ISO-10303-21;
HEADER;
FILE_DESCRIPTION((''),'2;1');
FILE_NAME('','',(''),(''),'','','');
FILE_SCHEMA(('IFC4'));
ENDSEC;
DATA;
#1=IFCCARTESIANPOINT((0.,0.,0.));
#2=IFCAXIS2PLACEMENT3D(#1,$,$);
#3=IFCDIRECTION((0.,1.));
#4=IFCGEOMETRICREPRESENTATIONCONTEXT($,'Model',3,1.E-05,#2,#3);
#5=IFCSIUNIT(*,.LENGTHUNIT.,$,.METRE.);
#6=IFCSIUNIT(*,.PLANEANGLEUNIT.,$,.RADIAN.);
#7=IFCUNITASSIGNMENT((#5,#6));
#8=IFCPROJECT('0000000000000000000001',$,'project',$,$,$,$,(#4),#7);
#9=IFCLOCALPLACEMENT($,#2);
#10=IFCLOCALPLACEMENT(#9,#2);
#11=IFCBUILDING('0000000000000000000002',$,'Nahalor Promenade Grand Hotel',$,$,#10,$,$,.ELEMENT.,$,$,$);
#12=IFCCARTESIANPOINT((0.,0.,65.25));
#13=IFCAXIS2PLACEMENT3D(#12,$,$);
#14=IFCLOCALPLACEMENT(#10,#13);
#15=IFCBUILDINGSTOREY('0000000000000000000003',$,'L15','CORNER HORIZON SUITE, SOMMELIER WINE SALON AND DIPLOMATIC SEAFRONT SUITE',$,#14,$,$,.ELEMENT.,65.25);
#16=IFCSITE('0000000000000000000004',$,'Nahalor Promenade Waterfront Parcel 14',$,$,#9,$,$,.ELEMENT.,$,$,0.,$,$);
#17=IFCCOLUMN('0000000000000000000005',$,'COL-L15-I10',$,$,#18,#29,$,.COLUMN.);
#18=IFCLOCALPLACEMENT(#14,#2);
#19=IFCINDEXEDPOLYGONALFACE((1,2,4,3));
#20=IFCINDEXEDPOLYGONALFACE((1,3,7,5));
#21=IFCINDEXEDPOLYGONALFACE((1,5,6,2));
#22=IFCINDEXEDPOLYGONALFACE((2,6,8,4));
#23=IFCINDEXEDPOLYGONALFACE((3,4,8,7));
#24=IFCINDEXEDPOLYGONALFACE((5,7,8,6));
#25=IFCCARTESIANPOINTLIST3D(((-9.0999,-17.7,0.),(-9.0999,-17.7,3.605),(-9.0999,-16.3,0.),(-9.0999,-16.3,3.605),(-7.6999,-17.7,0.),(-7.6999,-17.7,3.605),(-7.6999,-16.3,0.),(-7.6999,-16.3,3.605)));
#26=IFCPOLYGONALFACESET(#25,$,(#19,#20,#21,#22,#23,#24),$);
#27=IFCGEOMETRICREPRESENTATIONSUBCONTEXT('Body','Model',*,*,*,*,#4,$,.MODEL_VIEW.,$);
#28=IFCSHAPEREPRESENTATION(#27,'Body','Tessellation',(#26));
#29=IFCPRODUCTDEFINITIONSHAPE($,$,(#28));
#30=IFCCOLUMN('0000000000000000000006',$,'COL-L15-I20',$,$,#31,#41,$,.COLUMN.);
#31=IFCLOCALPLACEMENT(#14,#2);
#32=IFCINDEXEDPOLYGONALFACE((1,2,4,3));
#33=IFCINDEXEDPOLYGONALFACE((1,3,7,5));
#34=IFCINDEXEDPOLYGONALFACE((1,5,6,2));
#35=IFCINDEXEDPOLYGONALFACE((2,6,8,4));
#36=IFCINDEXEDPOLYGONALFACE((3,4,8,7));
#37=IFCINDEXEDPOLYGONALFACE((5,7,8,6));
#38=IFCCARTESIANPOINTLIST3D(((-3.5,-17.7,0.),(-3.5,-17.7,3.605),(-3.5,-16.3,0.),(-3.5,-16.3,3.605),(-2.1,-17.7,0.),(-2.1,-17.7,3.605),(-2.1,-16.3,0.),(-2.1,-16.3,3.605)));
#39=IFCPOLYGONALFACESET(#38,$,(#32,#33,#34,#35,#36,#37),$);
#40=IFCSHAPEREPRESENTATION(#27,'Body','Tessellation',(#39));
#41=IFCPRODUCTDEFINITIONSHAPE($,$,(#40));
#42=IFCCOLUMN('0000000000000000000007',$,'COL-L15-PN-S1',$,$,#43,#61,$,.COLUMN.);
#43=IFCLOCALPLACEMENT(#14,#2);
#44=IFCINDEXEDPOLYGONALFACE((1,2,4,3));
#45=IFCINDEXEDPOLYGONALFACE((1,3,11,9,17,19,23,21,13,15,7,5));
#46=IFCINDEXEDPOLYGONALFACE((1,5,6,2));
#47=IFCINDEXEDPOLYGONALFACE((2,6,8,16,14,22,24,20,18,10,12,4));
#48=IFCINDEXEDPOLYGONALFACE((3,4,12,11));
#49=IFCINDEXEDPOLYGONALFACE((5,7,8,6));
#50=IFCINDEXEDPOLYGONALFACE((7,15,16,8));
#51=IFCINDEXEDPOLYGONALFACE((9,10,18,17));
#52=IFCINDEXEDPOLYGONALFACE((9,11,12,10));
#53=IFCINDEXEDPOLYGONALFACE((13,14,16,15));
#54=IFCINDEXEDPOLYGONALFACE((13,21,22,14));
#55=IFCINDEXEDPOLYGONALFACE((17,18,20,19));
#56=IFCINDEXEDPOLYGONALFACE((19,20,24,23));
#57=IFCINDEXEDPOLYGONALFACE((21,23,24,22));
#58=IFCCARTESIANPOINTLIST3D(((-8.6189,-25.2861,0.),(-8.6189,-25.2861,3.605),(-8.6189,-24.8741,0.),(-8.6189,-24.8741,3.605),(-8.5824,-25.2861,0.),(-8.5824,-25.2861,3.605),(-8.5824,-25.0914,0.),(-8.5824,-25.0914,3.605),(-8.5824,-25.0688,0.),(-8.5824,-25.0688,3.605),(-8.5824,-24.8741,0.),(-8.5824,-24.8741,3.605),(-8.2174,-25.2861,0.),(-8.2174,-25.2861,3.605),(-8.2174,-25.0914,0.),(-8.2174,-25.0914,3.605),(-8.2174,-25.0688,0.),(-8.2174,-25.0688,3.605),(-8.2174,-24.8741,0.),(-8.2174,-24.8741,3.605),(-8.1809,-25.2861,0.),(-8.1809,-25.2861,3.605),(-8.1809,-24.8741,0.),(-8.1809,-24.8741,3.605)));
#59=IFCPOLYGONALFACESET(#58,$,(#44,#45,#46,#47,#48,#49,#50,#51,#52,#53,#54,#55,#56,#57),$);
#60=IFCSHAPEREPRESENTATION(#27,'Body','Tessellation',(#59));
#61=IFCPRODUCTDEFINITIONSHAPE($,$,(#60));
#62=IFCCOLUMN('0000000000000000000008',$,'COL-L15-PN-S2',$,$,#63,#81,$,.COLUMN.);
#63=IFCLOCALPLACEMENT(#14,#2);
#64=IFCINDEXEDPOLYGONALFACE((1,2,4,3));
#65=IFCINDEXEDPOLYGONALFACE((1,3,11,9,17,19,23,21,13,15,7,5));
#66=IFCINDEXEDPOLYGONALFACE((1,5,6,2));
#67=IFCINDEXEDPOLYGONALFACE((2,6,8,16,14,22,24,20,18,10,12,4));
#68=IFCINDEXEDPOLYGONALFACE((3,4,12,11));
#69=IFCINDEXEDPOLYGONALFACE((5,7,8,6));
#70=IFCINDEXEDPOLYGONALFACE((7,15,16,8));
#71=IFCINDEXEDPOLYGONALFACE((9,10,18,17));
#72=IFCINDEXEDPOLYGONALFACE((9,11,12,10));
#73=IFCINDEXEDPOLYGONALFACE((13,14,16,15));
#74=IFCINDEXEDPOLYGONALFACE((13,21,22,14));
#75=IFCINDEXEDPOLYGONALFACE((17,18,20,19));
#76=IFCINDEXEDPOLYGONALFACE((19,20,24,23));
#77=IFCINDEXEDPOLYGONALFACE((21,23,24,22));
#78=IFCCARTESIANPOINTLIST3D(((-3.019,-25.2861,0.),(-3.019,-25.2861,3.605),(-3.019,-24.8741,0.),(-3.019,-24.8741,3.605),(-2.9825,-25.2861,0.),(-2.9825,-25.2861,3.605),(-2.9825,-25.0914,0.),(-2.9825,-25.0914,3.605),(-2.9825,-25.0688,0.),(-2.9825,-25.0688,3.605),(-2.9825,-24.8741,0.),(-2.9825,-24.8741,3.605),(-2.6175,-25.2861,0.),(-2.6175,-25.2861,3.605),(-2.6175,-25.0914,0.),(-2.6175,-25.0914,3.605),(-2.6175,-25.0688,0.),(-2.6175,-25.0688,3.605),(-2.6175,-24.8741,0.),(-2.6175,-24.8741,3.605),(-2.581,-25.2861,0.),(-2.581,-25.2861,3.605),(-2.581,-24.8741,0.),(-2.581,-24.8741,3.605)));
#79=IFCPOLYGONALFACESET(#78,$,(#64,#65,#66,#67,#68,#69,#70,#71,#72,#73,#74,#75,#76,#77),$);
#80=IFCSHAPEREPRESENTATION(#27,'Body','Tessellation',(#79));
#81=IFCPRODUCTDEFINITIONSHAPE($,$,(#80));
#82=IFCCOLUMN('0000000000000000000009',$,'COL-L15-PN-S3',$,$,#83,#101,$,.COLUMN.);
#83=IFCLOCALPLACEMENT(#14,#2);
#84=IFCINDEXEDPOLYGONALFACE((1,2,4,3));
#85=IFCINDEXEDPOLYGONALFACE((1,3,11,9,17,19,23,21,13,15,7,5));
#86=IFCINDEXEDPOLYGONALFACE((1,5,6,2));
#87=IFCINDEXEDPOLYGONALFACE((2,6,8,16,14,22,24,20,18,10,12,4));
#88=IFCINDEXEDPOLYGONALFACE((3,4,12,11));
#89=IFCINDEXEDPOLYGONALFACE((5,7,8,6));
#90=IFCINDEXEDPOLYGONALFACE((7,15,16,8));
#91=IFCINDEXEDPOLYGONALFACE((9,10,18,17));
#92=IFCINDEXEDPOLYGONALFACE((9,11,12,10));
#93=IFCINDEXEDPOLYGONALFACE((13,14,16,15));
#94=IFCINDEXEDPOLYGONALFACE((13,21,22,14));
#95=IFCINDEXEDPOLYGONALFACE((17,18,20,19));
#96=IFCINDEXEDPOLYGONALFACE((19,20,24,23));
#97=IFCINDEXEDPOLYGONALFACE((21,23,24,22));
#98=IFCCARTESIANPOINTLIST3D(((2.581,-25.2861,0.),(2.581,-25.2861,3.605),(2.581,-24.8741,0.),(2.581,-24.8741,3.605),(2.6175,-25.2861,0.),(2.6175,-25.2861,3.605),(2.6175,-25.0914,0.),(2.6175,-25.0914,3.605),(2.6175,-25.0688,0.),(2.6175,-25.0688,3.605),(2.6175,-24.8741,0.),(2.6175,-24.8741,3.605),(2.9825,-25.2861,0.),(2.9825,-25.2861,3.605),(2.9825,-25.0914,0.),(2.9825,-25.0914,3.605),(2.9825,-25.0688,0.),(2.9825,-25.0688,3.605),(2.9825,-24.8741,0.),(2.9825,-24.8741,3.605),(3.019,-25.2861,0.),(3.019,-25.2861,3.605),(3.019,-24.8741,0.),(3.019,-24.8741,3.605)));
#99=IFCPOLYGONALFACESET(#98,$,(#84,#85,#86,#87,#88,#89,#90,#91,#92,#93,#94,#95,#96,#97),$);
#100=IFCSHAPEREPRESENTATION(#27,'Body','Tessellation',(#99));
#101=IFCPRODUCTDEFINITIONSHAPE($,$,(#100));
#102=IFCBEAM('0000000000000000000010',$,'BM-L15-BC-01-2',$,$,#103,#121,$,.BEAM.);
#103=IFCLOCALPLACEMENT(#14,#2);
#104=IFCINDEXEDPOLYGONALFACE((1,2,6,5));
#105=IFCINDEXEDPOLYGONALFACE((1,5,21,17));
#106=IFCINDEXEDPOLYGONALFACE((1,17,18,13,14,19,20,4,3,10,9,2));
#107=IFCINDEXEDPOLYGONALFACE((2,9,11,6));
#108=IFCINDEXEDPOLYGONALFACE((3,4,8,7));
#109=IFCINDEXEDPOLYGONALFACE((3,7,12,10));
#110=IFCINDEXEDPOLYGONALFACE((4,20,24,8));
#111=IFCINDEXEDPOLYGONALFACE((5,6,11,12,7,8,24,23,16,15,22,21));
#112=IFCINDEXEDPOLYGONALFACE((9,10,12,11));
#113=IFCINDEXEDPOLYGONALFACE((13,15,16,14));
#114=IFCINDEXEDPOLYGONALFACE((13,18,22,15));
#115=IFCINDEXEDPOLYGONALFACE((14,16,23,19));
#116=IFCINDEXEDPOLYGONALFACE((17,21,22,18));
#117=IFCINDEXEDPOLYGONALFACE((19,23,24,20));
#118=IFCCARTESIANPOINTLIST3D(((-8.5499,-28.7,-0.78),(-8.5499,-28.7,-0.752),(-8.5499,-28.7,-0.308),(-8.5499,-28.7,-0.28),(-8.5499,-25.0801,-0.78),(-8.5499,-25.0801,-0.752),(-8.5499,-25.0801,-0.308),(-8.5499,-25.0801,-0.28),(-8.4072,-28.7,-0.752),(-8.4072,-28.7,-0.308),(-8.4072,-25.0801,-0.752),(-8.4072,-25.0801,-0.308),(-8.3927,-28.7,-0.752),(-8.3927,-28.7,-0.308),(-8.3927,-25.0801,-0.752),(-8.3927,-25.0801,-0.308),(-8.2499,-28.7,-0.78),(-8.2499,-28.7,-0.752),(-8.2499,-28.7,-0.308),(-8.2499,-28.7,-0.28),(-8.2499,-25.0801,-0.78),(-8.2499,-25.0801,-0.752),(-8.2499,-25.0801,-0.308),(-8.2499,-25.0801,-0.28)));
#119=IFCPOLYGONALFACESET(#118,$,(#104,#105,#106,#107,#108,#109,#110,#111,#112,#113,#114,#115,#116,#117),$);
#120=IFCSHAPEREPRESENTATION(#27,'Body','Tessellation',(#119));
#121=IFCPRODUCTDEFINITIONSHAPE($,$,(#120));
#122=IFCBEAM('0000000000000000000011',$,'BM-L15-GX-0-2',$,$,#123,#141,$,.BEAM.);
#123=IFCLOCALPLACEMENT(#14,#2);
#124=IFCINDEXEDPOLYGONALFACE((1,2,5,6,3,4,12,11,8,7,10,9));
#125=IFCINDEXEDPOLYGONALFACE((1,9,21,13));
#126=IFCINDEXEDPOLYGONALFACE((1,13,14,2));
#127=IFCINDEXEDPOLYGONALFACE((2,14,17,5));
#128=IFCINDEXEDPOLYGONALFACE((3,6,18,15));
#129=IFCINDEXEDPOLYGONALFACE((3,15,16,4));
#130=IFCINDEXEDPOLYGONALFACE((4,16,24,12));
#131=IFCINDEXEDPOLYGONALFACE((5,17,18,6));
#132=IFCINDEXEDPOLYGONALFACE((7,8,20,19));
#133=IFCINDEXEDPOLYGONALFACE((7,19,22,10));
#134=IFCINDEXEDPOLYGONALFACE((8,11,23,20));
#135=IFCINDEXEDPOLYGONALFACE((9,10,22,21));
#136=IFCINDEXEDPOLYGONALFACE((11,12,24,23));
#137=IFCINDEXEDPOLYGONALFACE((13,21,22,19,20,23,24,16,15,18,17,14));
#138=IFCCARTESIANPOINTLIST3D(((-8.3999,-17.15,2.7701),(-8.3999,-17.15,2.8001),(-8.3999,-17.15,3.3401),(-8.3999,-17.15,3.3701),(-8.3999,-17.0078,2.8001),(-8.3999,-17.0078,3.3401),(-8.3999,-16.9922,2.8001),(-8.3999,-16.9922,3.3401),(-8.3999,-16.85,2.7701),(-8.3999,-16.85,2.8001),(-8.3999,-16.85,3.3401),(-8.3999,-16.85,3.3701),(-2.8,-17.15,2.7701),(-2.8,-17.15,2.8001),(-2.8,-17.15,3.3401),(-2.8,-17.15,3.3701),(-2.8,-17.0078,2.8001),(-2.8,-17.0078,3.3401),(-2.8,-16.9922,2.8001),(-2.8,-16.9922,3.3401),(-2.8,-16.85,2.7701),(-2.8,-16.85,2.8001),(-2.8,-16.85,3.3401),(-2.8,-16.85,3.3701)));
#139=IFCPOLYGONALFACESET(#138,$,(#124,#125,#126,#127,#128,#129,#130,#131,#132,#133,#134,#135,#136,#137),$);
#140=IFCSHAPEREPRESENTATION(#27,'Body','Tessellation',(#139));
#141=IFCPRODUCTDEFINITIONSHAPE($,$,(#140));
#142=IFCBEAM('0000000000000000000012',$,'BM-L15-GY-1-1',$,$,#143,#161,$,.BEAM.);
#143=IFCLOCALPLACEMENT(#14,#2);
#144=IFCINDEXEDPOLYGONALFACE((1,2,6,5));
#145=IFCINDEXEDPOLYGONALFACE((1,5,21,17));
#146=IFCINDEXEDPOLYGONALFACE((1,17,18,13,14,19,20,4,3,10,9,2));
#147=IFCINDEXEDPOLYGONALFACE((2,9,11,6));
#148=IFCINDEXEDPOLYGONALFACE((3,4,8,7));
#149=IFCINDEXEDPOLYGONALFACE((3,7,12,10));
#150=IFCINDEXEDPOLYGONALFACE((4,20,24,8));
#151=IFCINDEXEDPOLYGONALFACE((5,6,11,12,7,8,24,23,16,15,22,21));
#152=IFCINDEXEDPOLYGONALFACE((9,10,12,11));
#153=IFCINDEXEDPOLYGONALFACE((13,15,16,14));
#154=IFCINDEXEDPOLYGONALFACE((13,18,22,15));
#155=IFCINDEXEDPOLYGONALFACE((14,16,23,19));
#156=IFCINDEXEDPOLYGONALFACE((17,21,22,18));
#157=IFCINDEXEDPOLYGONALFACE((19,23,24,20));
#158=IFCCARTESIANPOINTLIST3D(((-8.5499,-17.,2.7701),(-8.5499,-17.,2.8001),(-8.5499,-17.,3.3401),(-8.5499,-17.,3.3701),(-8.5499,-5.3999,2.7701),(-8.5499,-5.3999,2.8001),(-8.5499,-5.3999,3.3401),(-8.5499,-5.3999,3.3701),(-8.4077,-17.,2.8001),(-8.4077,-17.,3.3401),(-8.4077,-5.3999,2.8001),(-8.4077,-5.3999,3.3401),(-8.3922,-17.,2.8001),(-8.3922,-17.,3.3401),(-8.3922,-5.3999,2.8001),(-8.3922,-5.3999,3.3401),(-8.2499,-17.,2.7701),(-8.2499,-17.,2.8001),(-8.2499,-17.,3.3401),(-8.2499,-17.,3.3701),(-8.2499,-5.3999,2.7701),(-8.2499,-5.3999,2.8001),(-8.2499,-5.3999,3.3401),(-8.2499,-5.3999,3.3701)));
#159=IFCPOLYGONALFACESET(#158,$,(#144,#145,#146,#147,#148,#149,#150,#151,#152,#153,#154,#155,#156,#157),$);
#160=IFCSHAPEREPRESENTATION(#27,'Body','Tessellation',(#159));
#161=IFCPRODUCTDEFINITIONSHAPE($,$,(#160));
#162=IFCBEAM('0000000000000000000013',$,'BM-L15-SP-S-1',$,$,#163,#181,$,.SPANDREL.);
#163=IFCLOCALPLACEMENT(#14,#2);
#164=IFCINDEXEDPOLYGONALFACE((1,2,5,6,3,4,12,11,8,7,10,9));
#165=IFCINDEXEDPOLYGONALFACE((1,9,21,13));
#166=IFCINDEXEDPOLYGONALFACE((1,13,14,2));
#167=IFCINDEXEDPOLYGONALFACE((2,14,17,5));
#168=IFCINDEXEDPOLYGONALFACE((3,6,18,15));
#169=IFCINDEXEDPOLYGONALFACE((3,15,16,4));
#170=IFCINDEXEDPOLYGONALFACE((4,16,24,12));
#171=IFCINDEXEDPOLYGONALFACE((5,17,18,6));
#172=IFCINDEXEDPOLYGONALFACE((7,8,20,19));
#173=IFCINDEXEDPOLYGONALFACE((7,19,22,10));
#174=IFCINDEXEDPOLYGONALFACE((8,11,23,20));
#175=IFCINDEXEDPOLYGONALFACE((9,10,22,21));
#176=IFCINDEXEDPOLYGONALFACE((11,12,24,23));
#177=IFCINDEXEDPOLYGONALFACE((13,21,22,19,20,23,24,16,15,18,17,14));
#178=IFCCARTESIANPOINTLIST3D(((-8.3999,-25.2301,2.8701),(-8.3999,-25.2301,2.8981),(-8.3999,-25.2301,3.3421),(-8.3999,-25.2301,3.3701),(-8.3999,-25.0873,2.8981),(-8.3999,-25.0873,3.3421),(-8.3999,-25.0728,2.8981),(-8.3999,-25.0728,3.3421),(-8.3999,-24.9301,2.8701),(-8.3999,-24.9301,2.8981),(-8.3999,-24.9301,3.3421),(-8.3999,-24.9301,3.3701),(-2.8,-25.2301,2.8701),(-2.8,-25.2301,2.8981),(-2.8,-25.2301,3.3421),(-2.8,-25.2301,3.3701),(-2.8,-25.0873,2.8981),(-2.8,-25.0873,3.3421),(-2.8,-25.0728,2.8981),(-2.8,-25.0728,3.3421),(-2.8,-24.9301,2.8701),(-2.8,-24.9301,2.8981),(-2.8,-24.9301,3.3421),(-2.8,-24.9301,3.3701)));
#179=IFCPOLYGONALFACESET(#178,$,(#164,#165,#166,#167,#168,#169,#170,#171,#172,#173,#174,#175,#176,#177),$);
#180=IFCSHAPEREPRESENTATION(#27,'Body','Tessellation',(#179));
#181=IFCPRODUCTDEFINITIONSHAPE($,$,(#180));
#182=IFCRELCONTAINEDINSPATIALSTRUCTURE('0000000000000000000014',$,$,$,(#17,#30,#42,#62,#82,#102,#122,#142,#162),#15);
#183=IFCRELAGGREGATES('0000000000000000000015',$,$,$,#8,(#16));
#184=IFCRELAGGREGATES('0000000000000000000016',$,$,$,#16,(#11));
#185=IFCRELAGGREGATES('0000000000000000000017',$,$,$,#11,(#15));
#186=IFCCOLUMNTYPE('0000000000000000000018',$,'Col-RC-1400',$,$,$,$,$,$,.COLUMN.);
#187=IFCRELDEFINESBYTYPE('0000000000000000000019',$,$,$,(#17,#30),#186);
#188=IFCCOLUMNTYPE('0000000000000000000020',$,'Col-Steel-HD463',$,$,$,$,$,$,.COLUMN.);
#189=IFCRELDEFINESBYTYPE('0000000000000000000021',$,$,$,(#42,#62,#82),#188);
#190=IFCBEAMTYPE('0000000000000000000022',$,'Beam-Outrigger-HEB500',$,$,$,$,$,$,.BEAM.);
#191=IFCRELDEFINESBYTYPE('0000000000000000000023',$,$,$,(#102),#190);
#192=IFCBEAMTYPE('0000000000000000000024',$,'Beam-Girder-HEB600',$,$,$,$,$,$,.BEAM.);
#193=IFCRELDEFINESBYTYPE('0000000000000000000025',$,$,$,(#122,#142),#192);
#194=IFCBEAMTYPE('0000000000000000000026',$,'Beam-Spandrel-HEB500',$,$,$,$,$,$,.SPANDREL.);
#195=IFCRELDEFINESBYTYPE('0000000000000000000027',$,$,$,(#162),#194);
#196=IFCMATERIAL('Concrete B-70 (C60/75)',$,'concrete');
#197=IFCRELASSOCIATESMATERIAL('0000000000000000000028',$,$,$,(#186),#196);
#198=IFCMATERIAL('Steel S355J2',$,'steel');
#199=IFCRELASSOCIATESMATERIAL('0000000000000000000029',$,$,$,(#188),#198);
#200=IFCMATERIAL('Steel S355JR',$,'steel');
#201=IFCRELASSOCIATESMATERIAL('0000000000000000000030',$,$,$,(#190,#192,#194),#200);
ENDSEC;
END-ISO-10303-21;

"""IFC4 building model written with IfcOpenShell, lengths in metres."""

from ifc_helpers import new_model, si_unit, direction, frame, origin, origin_2d, place, context, subcontext, project, spatial, rectangle, i_section, extrude, source, transform, mapped, material, material_profile, profile_set, type_object, element, save


model = new_model("IFC4")

# Units and contexts
model_context = context("Model", 3, precision=1e-05, world=origin(), true_north=direction((0.0, 1.0)))
body_context = subcontext(model_context, "Body", "Model", "MODEL_VIEW")
ifc_project = project(units=[si_unit("LENGTHUNIT", "METRE"), si_unit("PLANEANGLEUNIT", "RADIAN")], contexts=[model_context])

# Site, building, storey
site_placement = place(None, origin())
site = spatial("IfcSite", under=ifc_project, at=site_placement, Name="Nahalor Promenade Waterfront Parcel 14", CompositionType="ELEMENT", RefElevation=0.0)
building_placement = place(site_placement, origin())
building = spatial("IfcBuilding", under=site, at=building_placement, Name="Nahalor Promenade Grand Hotel", CompositionType="ELEMENT")
storey_placement = place(building_placement, frame((0.0, 0.0, 65.25)))
storey = spatial("IfcBuildingStorey", under=building, at=storey_placement, Name="L15", Description="CORNER HORIZON SUITE, SOMMELIER WINE SALON AND DIPLOMATIC SEAFRONT SUITE", CompositionType="ELEMENT", Elevation=65.25)

# Columns
ifc_material_1 = material(Name="Concrete B-70 (C60/75)", Category="concrete")
ifc_material_profile_1 = material_profile(ifc_material_1, rectangle(XDim=1.4, YDim=1.4, at=origin_2d()), Name="RC 1400x1400")
ifc_profile_set_1 = profile_set([ifc_material_profile_1], Name="Concrete B-70 (C60/75)")
column_type_1 = type_object("IfcColumnType", Name="Col-RC-1400", PredefinedType="COLUMN", material=ifc_profile_set_1)
shared_shape_1 = source(origin(), body_context, "Body", "SweptSolid", [
    extrude(rectangle(XDim=1.4, YDim=1.4, at=origin_2d()), origin(), (0.0, 0.0, 1.0), 3.605),
])
for number, where, z_axis, x_axis, name in (
    (1, (-8.3999, -17.0, 0.0), (0.0, 0.0, 1.0), (1.0, 0.0, 0.0), "COL-L15-I10"),
    (2, (-2.8, -17.0, 0.0), (0.0, 0.0, 1.0), (1.0, 0.0, 0.0), "COL-L15-I20"),
):
    element("IfcColumn", number, at=place(storey_placement, frame(where, z_axis=z_axis, x_axis=x_axis)), inside=storey, type_object=column_type_1, Name=name, PredefinedType="COLUMN", context=body_context, shape_type="MappedRepresentation", body=[
        mapped(shared_shape_1, transform((0.0, 0.0, 0.0), scale=1.0)),
    ])
ifc_material_2 = material(Name="Steel S355J2", Category="steel")
ifc_material_profile_2 = material_profile(ifc_material_2, i_section(OverallWidth=0.412, OverallDepth=0.438, WebThickness=0.0226, FlangeThickness=0.0365, at=origin_2d()), Name="HD 400x463")
ifc_profile_set_2 = profile_set([ifc_material_profile_2], Name="Steel S355J2")
column_type_2 = type_object("IfcColumnType", Name="Col-Steel-HD463", PredefinedType="COLUMN", material=ifc_profile_set_2)
shared_shape_2 = source(origin(), body_context, "Body", "SweptSolid", [
    extrude(i_section(OverallWidth=0.412, OverallDepth=0.438, WebThickness=0.0226, FlangeThickness=0.0365, at=origin_2d()), origin(), (0.0, 0.0, 1.0), 3.605),
])
for number, where, z_axis, x_axis, name in (
    (3, (-8.3999, -25.0801, 0.0), (0.0, 0.0, 1.0), (0.0, 1.0, 0.0), "COL-L15-PN-S1"),
    (4, (-2.8, -25.0801, 0.0), (0.0, 0.0, 1.0), (0.0, 1.0, 0.0), "COL-L15-PN-S2"),
    (5, (2.8, -25.0801, 0.0), (0.0, 0.0, 1.0), (0.0, 1.0, 0.0), "COL-L15-PN-S3"),
):
    element("IfcColumn", number, at=place(storey_placement, frame(where, z_axis=z_axis, x_axis=x_axis)), inside=storey, type_object=column_type_2, Name=name, PredefinedType="COLUMN", context=body_context, shape_type="MappedRepresentation", body=[
        mapped(shared_shape_2, transform((0.0, 0.0, 0.0), scale=1.0)),
    ])

# Beams
ifc_material_3 = material(Name="Steel S355JR", Category="steel")
ifc_material_profile_3 = material_profile(ifc_material_3, i_section(OverallWidth=0.3, OverallDepth=0.5, WebThickness=0.0145, FlangeThickness=0.028, at=origin_2d()), Name="HEB 500")
ifc_profile_set_3 = profile_set([ifc_material_profile_3], Name="Steel S355JR")
beam_type_1 = type_object("IfcBeamType", Name="Beam-Outrigger-HEB500", PredefinedType="BEAM", material=ifc_profile_set_3)
shared_shape_3 = source(origin(), body_context, "Body", "SweptSolid", [
    extrude(i_section(OverallWidth=0.3, OverallDepth=0.5, WebThickness=0.0145, FlangeThickness=0.028, at=origin_2d()), origin(), (0.0, 0.0, 1.0), 3.6199),
])
beam_1_placement = place(storey_placement, frame((-8.3999, -28.7, -0.53), z_axis=(0.0, 1.0, 0.0), x_axis=(-1.0, 0.0, 0.0)))
element("IfcBeam", 6, at=beam_1_placement, inside=storey, type_object=beam_type_1, Name="BM-L15-BC-01-2", PredefinedType="BEAM", context=body_context, shape_type="MappedRepresentation", body=[
    mapped(shared_shape_3, transform((0.0, 0.0, 0.0), scale=1.0)),
])
ifc_material_profile_4 = material_profile(ifc_material_3, i_section(OverallWidth=0.3, OverallDepth=0.6, WebThickness=0.0155, FlangeThickness=0.03, at=origin_2d()), Name="HEB 600")
ifc_profile_set_4 = profile_set([ifc_material_profile_4], Name="Steel S355JR")
beam_type_2 = type_object("IfcBeamType", Name="Beam-Girder-HEB600", PredefinedType="BEAM", material=ifc_profile_set_4)
shared_shape_4 = source(origin(), body_context, "Body", "SweptSolid", [
    extrude(i_section(OverallWidth=0.3, OverallDepth=0.6, WebThickness=0.0155, FlangeThickness=0.03, at=origin_2d()), origin(), (0.0, 0.0, 1.0), 5.5999),
])
beam_2_placement = place(storey_placement, frame((-8.3999, -17.0, 3.0701), z_axis=(1.0, 0.0, 0.0), x_axis=(0.0, 1.0, 0.0)))
element("IfcBeam", 7, at=beam_2_placement, inside=storey, type_object=beam_type_2, Name="BM-L15-GX-0-2", PredefinedType="BEAM", context=body_context, shape_type="MappedRepresentation", body=[
    mapped(shared_shape_4, transform((0.0, 0.0, 0.0), scale=1.0)),
])
shared_shape_5 = source(origin(), body_context, "Body", "SweptSolid", [
    extrude(i_section(OverallWidth=0.3, OverallDepth=0.6, WebThickness=0.0155, FlangeThickness=0.03, at=origin_2d()), origin(), (0.0, 0.0, 1.0), 11.6001),
])
beam_3_placement = place(storey_placement, frame((-8.3999, -17.0, 3.0701), z_axis=(0.0, 1.0, 0.0), x_axis=(-1.0, 0.0, 0.0)))
element("IfcBeam", 8, at=beam_3_placement, inside=storey, type_object=beam_type_2, Name="BM-L15-GY-1-1", PredefinedType="BEAM", context=body_context, shape_type="MappedRepresentation", body=[
    mapped(shared_shape_5, transform((0.0, 0.0, 0.0), scale=1.0)),
])
ifc_material_profile_5 = material_profile(ifc_material_3, i_section(OverallWidth=0.3, OverallDepth=0.5, WebThickness=0.0145, FlangeThickness=0.028, at=origin_2d()), Name="HEB 500")
ifc_profile_set_5 = profile_set([ifc_material_profile_5], Name="Steel S355JR")
beam_type_3 = type_object("IfcBeamType", Name="Beam-Spandrel-HEB500", PredefinedType="SPANDREL", material=ifc_profile_set_5)
shared_shape_6 = source(origin(), body_context, "Body", "SweptSolid", [
    extrude(i_section(OverallWidth=0.3, OverallDepth=0.5, WebThickness=0.0145, FlangeThickness=0.028, at=origin_2d()), origin(), (0.0, 0.0, 1.0), 5.5999),
])
for number, where, z_axis, x_axis, name in (
    (9, (-8.3999, -25.0801, 3.1201), (1.0, 0.0, 0.0), (0.0, 1.0, 0.0), "BM-L15-SP-S-1"),
):
    element("IfcBeam", number, at=place(storey_placement, frame(where, z_axis=z_axis, x_axis=x_axis)), inside=storey, type_object=beam_type_3, Name=name, PredefinedType="SPANDREL", context=body_context, shape_type="MappedRepresentation", body=[
        mapped(shared_shape_6, transform((0.0, 0.0, 0.0), scale=1.0)),
    ])

save(model, "model.ifc")
